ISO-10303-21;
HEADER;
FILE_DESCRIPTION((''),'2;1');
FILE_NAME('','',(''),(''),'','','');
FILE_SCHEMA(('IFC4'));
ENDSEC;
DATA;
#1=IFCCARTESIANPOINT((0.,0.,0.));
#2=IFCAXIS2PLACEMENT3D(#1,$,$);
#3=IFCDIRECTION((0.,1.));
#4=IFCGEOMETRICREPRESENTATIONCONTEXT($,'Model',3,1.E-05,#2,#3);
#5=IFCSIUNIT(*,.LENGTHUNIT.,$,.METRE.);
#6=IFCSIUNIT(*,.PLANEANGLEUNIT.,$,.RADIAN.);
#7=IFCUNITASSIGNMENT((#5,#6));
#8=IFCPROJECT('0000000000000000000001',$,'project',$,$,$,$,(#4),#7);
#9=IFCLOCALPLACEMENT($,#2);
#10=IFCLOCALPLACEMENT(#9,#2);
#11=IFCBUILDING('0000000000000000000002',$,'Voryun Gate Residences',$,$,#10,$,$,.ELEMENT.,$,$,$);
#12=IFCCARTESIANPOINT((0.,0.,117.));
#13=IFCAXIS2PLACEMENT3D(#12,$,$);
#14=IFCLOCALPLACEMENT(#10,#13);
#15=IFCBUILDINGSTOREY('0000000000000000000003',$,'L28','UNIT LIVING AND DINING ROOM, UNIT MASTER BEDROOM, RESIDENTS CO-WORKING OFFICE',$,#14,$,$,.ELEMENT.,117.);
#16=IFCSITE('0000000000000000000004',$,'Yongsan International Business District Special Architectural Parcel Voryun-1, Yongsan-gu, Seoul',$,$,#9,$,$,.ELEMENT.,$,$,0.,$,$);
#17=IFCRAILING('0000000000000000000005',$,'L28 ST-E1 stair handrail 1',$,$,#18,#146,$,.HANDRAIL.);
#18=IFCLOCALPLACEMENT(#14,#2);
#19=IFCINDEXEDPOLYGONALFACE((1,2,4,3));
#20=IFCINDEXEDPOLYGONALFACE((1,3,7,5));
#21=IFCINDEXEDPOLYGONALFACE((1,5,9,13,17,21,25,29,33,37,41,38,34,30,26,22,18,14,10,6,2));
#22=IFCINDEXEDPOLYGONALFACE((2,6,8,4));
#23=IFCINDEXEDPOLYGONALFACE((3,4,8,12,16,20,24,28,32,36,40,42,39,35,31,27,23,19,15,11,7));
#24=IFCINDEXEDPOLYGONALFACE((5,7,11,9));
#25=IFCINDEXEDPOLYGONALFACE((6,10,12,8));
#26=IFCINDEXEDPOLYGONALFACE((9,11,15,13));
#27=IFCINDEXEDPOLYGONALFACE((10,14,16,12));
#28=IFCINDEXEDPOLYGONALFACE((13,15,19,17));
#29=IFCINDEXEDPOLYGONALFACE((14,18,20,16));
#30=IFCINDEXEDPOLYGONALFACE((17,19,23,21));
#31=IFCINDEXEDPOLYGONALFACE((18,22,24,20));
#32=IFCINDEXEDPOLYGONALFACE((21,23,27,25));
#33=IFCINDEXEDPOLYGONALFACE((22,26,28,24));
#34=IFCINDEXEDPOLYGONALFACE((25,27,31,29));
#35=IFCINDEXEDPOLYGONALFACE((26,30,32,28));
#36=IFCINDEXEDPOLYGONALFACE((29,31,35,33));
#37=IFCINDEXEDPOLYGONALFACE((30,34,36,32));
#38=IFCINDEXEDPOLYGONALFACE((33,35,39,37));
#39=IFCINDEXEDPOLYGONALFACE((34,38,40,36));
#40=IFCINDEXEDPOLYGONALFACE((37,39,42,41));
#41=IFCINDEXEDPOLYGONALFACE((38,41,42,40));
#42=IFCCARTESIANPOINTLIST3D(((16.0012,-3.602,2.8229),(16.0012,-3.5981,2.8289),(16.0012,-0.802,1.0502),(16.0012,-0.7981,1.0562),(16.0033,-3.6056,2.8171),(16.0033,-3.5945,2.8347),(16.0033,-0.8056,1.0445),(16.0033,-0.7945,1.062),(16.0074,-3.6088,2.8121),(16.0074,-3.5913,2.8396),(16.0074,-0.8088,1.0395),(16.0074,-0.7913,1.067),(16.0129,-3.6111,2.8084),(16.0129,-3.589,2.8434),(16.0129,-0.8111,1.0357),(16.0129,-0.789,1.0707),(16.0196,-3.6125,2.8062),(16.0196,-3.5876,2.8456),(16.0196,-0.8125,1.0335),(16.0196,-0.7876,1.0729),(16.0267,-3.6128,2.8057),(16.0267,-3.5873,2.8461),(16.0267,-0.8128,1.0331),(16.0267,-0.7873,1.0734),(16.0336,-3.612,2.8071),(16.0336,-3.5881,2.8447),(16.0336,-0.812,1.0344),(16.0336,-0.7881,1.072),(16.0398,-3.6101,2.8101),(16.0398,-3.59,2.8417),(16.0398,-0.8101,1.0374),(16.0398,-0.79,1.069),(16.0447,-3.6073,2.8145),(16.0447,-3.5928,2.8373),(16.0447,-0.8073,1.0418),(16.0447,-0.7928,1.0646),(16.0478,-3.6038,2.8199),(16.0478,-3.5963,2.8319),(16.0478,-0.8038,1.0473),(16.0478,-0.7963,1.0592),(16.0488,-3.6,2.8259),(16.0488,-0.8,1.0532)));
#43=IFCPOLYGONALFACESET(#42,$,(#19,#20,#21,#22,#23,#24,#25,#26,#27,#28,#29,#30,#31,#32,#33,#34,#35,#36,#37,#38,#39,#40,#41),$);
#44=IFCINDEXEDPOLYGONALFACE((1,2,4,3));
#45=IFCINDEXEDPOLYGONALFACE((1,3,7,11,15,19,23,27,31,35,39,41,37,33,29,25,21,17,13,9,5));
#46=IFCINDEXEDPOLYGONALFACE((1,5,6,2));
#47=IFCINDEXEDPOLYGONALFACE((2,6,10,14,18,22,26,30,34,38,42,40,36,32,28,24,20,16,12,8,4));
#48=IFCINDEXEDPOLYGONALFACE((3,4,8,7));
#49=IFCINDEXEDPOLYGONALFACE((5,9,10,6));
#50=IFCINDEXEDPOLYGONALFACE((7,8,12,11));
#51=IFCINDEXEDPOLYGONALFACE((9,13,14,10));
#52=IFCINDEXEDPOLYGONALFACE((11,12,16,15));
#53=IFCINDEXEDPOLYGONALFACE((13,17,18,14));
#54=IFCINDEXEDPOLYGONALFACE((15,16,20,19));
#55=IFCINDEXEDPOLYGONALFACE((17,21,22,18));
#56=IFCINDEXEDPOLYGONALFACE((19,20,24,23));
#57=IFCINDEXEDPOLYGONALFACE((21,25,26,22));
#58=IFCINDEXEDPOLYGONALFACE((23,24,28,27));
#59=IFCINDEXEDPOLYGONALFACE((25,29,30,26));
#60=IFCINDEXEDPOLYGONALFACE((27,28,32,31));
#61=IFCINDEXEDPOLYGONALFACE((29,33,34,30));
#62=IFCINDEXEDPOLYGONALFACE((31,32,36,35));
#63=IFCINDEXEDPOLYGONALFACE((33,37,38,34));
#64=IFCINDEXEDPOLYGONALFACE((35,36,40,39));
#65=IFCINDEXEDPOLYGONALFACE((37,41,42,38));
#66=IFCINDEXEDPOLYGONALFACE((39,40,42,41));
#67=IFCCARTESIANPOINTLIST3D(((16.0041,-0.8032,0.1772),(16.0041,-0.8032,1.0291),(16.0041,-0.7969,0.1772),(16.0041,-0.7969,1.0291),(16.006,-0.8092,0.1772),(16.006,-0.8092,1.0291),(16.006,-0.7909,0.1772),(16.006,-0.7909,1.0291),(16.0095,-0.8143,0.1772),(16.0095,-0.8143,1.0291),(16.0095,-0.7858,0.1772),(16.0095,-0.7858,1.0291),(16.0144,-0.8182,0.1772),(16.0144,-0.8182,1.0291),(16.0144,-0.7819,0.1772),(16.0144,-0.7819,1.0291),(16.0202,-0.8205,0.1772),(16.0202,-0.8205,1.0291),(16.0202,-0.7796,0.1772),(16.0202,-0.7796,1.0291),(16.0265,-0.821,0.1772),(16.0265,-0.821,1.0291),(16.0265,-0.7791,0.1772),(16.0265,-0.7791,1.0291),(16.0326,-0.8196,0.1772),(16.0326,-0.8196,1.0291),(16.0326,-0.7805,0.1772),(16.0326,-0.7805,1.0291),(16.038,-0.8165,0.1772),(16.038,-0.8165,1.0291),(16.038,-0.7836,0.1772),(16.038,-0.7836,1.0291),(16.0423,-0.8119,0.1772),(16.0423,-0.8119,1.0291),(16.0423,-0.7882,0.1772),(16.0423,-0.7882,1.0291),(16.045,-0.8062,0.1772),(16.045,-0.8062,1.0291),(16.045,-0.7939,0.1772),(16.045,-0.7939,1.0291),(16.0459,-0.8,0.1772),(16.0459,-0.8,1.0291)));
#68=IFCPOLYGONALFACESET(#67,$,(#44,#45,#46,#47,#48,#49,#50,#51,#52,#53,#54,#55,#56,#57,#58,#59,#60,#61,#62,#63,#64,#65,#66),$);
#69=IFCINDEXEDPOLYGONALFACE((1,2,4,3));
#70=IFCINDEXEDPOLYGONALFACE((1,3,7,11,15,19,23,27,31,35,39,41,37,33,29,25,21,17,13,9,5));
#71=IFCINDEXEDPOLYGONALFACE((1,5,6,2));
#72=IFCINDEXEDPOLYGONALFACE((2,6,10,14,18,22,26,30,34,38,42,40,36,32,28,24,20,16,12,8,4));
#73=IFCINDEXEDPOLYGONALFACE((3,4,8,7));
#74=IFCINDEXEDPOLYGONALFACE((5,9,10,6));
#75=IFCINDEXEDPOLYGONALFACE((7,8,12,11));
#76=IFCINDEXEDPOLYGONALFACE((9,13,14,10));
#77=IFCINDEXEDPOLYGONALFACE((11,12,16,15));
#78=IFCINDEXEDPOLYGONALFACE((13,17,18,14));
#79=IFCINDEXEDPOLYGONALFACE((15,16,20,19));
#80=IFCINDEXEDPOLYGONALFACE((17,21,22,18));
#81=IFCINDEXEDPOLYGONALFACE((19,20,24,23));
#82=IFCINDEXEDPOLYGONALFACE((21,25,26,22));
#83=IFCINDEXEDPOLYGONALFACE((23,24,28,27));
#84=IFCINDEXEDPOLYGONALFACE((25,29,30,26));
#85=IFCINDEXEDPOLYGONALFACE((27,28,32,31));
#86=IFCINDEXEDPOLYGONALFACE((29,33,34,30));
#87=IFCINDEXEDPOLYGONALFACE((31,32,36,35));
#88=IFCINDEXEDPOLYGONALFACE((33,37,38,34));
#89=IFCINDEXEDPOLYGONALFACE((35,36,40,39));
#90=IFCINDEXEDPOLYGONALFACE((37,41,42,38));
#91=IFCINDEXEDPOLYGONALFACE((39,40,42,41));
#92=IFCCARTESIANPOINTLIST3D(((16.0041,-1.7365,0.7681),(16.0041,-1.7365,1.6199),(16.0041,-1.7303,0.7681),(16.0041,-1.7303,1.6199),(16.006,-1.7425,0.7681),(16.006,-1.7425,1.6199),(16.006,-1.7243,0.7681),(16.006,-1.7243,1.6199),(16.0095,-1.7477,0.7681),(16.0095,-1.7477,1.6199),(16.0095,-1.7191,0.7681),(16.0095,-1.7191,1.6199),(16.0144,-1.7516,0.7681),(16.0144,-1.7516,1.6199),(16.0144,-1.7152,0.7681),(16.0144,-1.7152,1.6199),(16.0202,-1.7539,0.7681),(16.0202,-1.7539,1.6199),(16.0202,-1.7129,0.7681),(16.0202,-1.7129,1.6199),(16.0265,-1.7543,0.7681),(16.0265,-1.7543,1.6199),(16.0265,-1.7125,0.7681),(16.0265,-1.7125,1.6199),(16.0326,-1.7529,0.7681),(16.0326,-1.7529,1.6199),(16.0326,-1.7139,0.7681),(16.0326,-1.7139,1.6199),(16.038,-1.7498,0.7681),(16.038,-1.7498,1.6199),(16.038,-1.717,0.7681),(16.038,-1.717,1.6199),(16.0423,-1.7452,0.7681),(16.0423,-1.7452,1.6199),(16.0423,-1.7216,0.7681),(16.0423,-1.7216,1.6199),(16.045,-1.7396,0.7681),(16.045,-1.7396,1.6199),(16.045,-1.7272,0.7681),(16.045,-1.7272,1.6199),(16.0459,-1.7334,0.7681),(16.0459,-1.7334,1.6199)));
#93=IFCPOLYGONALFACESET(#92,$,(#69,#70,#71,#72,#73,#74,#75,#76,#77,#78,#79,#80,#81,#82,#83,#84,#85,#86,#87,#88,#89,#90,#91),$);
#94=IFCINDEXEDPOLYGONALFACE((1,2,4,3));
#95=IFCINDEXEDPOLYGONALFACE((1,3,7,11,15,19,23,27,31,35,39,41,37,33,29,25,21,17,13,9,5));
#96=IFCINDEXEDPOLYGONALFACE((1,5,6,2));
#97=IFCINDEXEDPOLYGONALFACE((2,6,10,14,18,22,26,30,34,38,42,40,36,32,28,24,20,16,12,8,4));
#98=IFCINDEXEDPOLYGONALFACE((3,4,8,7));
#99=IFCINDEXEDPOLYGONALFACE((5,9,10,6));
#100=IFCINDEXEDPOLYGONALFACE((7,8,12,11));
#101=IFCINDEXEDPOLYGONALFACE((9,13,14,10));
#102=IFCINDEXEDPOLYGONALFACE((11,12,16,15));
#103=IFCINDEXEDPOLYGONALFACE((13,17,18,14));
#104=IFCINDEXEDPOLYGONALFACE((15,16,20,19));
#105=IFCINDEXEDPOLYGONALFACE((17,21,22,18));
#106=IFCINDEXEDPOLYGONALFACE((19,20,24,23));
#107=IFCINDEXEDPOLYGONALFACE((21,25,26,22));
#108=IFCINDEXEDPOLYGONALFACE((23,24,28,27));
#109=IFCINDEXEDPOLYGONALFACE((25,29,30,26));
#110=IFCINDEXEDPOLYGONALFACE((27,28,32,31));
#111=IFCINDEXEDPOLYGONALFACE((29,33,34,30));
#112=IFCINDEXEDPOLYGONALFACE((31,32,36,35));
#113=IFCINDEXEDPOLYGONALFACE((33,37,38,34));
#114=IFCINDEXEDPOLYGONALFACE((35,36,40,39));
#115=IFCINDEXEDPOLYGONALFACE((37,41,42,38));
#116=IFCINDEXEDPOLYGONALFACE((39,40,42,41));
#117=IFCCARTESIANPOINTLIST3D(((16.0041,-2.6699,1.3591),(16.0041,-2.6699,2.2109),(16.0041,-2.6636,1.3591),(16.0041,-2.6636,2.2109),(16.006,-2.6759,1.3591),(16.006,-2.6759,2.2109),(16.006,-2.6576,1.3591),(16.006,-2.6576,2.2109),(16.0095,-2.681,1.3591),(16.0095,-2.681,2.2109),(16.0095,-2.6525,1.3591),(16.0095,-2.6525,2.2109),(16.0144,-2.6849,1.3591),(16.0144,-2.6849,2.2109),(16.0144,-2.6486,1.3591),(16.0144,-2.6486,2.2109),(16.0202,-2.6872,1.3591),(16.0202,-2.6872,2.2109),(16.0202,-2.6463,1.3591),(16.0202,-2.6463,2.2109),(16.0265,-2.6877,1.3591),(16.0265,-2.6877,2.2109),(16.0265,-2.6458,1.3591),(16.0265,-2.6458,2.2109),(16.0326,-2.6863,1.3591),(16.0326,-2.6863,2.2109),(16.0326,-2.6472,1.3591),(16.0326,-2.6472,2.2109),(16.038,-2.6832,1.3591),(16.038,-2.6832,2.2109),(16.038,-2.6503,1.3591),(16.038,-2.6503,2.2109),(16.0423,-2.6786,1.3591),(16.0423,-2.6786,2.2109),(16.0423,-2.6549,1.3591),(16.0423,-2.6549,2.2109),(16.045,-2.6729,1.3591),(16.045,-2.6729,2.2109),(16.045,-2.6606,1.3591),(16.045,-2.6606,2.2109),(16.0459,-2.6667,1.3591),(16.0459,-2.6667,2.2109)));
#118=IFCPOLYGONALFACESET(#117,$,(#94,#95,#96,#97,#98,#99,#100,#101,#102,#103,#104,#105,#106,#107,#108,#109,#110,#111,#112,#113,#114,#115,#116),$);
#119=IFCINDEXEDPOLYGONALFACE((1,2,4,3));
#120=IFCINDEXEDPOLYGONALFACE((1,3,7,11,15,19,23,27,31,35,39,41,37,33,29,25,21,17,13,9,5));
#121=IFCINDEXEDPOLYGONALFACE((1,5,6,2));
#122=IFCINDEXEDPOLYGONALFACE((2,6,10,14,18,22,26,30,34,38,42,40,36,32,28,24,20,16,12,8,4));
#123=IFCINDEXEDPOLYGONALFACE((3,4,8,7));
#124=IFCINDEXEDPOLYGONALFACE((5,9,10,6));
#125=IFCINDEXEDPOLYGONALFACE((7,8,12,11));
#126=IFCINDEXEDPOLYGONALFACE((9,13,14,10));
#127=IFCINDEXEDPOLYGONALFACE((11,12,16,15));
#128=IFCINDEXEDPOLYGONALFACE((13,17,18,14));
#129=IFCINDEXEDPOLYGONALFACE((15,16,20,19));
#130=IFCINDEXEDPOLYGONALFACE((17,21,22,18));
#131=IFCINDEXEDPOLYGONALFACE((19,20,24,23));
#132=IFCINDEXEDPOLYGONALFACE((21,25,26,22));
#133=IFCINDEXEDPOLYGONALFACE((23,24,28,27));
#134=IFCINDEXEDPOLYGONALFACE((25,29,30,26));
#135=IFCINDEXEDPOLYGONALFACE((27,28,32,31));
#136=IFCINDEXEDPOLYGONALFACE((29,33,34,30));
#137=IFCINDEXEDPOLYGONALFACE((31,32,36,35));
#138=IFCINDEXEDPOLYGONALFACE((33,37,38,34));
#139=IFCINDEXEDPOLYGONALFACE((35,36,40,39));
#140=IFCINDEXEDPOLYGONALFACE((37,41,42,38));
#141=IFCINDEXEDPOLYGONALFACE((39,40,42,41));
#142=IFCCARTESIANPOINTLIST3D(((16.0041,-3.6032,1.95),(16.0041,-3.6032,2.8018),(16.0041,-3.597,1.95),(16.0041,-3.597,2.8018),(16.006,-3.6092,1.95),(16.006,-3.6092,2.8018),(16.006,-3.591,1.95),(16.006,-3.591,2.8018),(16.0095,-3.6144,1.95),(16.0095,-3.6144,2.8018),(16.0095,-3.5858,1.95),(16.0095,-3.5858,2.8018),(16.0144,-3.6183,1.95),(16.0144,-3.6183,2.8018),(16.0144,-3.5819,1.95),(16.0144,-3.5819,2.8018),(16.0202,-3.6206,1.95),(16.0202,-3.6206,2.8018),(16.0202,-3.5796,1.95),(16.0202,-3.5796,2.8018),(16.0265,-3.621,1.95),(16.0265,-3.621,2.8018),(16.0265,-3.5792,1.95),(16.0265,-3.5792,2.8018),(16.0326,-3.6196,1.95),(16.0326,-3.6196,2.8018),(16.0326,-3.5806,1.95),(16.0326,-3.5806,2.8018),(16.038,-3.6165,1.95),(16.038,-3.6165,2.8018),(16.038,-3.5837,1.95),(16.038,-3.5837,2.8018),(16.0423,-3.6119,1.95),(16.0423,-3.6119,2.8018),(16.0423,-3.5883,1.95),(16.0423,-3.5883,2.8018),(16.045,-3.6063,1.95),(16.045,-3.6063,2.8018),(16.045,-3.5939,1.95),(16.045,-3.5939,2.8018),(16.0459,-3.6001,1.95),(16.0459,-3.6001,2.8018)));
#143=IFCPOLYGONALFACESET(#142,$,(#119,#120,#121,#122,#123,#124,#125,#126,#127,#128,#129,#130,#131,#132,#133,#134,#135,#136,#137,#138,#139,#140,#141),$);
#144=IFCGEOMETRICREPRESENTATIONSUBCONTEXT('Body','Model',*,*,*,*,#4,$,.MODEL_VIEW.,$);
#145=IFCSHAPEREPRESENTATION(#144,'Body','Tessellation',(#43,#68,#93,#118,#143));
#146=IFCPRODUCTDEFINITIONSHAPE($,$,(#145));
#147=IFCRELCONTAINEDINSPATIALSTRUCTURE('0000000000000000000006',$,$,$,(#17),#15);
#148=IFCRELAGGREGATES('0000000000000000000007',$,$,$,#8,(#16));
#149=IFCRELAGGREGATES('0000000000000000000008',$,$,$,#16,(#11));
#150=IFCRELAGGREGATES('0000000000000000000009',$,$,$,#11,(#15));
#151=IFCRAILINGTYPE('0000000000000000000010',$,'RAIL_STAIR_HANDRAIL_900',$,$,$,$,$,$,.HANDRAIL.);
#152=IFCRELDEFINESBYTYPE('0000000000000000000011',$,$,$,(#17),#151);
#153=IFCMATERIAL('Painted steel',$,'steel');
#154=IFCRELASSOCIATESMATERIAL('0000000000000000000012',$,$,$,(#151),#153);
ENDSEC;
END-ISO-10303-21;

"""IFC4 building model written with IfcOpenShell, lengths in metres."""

from ifc_helpers import new_model, si_unit, direction, frame, origin, origin_2d, place, context, subcontext, project, spatial, circle, extrude, material, type_object, element, save


model = new_model("IFC4")

# Units and contexts
model_context = context("Model", 3, precision=1e-05, world=origin(), true_north=direction((0.0, 1.0)))
body_context = subcontext(model_context, "Body", "Model", "MODEL_VIEW")
ifc_project = project(units=[si_unit("LENGTHUNIT", "METRE"), si_unit("PLANEANGLEUNIT", "RADIAN")], contexts=[model_context])

# Site, building, storey
site_placement = place(None, origin())
site = spatial("IfcSite", under=ifc_project, at=site_placement, Name="Yongsan International Business District Special Architectural Parcel Voryun-1, Yongsan-gu, Seoul", CompositionType="ELEMENT", RefElevation=0.0)
building_placement = place(site_placement, origin())
building = spatial("IfcBuilding", under=site, at=building_placement, Name="Voryun Gate Residences", CompositionType="ELEMENT")
storey_placement = place(building_placement, frame((0.0, 0.0, 117.0)))
storey = spatial("IfcBuildingStorey", under=building, at=storey_placement, Name="L28", Description="UNIT LIVING AND DINING ROOM, UNIT MASTER BEDROOM, RESIDENTS CO-WORKING OFFICE", CompositionType="ELEMENT", Elevation=117.0)

# Railing
ifc_material_1 = material(Name="Painted steel", Category="steel")
railing_type_1 = type_object("IfcRailingType", Name="RAIL_STAIR_HANDRAIL_900", PredefinedType="HANDRAIL", material=ifc_material_1)
railing_1_placement = place(storey_placement, frame((16.0249, -0.8, 0.1772)))
element("IfcRailing", 1, at=railing_1_placement, inside=storey, type_object=railing_type_1, Name="L28 ST-E1 stair handrail 1", PredefinedType="HANDRAIL", context=body_context, shape_type="SweptSolid", body=[
    extrude(circle(Radius=0.0239, at=origin_2d()), frame((0.0, 0.0, 0.876), z_axis=(0.0, -0.844909, 0.53491), x_axis=(1.0, 0.0, 0.0)), (0.0, 0.0, 1.0), 3.314),
    extrude(circle(Radius=0.021, at=origin_2d()), origin(), (0.0, 0.0, 1.0), 0.8518),
    extrude(circle(Radius=0.021, at=origin_2d()), frame((0.0, -0.9333, 0.5908)), (0.0, 0.0, 1.0), 0.8518),
    extrude(circle(Radius=0.021, at=origin_2d()), frame((0.0, -1.8667, 1.1819)), (0.0, 0.0, 1.0), 0.8518),
    extrude(circle(Radius=0.021, at=origin_2d()), frame((0.0, -2.8, 1.7727)), (0.0, 0.0, 1.0), 0.8518),
])

save(model, "model.ifc")
